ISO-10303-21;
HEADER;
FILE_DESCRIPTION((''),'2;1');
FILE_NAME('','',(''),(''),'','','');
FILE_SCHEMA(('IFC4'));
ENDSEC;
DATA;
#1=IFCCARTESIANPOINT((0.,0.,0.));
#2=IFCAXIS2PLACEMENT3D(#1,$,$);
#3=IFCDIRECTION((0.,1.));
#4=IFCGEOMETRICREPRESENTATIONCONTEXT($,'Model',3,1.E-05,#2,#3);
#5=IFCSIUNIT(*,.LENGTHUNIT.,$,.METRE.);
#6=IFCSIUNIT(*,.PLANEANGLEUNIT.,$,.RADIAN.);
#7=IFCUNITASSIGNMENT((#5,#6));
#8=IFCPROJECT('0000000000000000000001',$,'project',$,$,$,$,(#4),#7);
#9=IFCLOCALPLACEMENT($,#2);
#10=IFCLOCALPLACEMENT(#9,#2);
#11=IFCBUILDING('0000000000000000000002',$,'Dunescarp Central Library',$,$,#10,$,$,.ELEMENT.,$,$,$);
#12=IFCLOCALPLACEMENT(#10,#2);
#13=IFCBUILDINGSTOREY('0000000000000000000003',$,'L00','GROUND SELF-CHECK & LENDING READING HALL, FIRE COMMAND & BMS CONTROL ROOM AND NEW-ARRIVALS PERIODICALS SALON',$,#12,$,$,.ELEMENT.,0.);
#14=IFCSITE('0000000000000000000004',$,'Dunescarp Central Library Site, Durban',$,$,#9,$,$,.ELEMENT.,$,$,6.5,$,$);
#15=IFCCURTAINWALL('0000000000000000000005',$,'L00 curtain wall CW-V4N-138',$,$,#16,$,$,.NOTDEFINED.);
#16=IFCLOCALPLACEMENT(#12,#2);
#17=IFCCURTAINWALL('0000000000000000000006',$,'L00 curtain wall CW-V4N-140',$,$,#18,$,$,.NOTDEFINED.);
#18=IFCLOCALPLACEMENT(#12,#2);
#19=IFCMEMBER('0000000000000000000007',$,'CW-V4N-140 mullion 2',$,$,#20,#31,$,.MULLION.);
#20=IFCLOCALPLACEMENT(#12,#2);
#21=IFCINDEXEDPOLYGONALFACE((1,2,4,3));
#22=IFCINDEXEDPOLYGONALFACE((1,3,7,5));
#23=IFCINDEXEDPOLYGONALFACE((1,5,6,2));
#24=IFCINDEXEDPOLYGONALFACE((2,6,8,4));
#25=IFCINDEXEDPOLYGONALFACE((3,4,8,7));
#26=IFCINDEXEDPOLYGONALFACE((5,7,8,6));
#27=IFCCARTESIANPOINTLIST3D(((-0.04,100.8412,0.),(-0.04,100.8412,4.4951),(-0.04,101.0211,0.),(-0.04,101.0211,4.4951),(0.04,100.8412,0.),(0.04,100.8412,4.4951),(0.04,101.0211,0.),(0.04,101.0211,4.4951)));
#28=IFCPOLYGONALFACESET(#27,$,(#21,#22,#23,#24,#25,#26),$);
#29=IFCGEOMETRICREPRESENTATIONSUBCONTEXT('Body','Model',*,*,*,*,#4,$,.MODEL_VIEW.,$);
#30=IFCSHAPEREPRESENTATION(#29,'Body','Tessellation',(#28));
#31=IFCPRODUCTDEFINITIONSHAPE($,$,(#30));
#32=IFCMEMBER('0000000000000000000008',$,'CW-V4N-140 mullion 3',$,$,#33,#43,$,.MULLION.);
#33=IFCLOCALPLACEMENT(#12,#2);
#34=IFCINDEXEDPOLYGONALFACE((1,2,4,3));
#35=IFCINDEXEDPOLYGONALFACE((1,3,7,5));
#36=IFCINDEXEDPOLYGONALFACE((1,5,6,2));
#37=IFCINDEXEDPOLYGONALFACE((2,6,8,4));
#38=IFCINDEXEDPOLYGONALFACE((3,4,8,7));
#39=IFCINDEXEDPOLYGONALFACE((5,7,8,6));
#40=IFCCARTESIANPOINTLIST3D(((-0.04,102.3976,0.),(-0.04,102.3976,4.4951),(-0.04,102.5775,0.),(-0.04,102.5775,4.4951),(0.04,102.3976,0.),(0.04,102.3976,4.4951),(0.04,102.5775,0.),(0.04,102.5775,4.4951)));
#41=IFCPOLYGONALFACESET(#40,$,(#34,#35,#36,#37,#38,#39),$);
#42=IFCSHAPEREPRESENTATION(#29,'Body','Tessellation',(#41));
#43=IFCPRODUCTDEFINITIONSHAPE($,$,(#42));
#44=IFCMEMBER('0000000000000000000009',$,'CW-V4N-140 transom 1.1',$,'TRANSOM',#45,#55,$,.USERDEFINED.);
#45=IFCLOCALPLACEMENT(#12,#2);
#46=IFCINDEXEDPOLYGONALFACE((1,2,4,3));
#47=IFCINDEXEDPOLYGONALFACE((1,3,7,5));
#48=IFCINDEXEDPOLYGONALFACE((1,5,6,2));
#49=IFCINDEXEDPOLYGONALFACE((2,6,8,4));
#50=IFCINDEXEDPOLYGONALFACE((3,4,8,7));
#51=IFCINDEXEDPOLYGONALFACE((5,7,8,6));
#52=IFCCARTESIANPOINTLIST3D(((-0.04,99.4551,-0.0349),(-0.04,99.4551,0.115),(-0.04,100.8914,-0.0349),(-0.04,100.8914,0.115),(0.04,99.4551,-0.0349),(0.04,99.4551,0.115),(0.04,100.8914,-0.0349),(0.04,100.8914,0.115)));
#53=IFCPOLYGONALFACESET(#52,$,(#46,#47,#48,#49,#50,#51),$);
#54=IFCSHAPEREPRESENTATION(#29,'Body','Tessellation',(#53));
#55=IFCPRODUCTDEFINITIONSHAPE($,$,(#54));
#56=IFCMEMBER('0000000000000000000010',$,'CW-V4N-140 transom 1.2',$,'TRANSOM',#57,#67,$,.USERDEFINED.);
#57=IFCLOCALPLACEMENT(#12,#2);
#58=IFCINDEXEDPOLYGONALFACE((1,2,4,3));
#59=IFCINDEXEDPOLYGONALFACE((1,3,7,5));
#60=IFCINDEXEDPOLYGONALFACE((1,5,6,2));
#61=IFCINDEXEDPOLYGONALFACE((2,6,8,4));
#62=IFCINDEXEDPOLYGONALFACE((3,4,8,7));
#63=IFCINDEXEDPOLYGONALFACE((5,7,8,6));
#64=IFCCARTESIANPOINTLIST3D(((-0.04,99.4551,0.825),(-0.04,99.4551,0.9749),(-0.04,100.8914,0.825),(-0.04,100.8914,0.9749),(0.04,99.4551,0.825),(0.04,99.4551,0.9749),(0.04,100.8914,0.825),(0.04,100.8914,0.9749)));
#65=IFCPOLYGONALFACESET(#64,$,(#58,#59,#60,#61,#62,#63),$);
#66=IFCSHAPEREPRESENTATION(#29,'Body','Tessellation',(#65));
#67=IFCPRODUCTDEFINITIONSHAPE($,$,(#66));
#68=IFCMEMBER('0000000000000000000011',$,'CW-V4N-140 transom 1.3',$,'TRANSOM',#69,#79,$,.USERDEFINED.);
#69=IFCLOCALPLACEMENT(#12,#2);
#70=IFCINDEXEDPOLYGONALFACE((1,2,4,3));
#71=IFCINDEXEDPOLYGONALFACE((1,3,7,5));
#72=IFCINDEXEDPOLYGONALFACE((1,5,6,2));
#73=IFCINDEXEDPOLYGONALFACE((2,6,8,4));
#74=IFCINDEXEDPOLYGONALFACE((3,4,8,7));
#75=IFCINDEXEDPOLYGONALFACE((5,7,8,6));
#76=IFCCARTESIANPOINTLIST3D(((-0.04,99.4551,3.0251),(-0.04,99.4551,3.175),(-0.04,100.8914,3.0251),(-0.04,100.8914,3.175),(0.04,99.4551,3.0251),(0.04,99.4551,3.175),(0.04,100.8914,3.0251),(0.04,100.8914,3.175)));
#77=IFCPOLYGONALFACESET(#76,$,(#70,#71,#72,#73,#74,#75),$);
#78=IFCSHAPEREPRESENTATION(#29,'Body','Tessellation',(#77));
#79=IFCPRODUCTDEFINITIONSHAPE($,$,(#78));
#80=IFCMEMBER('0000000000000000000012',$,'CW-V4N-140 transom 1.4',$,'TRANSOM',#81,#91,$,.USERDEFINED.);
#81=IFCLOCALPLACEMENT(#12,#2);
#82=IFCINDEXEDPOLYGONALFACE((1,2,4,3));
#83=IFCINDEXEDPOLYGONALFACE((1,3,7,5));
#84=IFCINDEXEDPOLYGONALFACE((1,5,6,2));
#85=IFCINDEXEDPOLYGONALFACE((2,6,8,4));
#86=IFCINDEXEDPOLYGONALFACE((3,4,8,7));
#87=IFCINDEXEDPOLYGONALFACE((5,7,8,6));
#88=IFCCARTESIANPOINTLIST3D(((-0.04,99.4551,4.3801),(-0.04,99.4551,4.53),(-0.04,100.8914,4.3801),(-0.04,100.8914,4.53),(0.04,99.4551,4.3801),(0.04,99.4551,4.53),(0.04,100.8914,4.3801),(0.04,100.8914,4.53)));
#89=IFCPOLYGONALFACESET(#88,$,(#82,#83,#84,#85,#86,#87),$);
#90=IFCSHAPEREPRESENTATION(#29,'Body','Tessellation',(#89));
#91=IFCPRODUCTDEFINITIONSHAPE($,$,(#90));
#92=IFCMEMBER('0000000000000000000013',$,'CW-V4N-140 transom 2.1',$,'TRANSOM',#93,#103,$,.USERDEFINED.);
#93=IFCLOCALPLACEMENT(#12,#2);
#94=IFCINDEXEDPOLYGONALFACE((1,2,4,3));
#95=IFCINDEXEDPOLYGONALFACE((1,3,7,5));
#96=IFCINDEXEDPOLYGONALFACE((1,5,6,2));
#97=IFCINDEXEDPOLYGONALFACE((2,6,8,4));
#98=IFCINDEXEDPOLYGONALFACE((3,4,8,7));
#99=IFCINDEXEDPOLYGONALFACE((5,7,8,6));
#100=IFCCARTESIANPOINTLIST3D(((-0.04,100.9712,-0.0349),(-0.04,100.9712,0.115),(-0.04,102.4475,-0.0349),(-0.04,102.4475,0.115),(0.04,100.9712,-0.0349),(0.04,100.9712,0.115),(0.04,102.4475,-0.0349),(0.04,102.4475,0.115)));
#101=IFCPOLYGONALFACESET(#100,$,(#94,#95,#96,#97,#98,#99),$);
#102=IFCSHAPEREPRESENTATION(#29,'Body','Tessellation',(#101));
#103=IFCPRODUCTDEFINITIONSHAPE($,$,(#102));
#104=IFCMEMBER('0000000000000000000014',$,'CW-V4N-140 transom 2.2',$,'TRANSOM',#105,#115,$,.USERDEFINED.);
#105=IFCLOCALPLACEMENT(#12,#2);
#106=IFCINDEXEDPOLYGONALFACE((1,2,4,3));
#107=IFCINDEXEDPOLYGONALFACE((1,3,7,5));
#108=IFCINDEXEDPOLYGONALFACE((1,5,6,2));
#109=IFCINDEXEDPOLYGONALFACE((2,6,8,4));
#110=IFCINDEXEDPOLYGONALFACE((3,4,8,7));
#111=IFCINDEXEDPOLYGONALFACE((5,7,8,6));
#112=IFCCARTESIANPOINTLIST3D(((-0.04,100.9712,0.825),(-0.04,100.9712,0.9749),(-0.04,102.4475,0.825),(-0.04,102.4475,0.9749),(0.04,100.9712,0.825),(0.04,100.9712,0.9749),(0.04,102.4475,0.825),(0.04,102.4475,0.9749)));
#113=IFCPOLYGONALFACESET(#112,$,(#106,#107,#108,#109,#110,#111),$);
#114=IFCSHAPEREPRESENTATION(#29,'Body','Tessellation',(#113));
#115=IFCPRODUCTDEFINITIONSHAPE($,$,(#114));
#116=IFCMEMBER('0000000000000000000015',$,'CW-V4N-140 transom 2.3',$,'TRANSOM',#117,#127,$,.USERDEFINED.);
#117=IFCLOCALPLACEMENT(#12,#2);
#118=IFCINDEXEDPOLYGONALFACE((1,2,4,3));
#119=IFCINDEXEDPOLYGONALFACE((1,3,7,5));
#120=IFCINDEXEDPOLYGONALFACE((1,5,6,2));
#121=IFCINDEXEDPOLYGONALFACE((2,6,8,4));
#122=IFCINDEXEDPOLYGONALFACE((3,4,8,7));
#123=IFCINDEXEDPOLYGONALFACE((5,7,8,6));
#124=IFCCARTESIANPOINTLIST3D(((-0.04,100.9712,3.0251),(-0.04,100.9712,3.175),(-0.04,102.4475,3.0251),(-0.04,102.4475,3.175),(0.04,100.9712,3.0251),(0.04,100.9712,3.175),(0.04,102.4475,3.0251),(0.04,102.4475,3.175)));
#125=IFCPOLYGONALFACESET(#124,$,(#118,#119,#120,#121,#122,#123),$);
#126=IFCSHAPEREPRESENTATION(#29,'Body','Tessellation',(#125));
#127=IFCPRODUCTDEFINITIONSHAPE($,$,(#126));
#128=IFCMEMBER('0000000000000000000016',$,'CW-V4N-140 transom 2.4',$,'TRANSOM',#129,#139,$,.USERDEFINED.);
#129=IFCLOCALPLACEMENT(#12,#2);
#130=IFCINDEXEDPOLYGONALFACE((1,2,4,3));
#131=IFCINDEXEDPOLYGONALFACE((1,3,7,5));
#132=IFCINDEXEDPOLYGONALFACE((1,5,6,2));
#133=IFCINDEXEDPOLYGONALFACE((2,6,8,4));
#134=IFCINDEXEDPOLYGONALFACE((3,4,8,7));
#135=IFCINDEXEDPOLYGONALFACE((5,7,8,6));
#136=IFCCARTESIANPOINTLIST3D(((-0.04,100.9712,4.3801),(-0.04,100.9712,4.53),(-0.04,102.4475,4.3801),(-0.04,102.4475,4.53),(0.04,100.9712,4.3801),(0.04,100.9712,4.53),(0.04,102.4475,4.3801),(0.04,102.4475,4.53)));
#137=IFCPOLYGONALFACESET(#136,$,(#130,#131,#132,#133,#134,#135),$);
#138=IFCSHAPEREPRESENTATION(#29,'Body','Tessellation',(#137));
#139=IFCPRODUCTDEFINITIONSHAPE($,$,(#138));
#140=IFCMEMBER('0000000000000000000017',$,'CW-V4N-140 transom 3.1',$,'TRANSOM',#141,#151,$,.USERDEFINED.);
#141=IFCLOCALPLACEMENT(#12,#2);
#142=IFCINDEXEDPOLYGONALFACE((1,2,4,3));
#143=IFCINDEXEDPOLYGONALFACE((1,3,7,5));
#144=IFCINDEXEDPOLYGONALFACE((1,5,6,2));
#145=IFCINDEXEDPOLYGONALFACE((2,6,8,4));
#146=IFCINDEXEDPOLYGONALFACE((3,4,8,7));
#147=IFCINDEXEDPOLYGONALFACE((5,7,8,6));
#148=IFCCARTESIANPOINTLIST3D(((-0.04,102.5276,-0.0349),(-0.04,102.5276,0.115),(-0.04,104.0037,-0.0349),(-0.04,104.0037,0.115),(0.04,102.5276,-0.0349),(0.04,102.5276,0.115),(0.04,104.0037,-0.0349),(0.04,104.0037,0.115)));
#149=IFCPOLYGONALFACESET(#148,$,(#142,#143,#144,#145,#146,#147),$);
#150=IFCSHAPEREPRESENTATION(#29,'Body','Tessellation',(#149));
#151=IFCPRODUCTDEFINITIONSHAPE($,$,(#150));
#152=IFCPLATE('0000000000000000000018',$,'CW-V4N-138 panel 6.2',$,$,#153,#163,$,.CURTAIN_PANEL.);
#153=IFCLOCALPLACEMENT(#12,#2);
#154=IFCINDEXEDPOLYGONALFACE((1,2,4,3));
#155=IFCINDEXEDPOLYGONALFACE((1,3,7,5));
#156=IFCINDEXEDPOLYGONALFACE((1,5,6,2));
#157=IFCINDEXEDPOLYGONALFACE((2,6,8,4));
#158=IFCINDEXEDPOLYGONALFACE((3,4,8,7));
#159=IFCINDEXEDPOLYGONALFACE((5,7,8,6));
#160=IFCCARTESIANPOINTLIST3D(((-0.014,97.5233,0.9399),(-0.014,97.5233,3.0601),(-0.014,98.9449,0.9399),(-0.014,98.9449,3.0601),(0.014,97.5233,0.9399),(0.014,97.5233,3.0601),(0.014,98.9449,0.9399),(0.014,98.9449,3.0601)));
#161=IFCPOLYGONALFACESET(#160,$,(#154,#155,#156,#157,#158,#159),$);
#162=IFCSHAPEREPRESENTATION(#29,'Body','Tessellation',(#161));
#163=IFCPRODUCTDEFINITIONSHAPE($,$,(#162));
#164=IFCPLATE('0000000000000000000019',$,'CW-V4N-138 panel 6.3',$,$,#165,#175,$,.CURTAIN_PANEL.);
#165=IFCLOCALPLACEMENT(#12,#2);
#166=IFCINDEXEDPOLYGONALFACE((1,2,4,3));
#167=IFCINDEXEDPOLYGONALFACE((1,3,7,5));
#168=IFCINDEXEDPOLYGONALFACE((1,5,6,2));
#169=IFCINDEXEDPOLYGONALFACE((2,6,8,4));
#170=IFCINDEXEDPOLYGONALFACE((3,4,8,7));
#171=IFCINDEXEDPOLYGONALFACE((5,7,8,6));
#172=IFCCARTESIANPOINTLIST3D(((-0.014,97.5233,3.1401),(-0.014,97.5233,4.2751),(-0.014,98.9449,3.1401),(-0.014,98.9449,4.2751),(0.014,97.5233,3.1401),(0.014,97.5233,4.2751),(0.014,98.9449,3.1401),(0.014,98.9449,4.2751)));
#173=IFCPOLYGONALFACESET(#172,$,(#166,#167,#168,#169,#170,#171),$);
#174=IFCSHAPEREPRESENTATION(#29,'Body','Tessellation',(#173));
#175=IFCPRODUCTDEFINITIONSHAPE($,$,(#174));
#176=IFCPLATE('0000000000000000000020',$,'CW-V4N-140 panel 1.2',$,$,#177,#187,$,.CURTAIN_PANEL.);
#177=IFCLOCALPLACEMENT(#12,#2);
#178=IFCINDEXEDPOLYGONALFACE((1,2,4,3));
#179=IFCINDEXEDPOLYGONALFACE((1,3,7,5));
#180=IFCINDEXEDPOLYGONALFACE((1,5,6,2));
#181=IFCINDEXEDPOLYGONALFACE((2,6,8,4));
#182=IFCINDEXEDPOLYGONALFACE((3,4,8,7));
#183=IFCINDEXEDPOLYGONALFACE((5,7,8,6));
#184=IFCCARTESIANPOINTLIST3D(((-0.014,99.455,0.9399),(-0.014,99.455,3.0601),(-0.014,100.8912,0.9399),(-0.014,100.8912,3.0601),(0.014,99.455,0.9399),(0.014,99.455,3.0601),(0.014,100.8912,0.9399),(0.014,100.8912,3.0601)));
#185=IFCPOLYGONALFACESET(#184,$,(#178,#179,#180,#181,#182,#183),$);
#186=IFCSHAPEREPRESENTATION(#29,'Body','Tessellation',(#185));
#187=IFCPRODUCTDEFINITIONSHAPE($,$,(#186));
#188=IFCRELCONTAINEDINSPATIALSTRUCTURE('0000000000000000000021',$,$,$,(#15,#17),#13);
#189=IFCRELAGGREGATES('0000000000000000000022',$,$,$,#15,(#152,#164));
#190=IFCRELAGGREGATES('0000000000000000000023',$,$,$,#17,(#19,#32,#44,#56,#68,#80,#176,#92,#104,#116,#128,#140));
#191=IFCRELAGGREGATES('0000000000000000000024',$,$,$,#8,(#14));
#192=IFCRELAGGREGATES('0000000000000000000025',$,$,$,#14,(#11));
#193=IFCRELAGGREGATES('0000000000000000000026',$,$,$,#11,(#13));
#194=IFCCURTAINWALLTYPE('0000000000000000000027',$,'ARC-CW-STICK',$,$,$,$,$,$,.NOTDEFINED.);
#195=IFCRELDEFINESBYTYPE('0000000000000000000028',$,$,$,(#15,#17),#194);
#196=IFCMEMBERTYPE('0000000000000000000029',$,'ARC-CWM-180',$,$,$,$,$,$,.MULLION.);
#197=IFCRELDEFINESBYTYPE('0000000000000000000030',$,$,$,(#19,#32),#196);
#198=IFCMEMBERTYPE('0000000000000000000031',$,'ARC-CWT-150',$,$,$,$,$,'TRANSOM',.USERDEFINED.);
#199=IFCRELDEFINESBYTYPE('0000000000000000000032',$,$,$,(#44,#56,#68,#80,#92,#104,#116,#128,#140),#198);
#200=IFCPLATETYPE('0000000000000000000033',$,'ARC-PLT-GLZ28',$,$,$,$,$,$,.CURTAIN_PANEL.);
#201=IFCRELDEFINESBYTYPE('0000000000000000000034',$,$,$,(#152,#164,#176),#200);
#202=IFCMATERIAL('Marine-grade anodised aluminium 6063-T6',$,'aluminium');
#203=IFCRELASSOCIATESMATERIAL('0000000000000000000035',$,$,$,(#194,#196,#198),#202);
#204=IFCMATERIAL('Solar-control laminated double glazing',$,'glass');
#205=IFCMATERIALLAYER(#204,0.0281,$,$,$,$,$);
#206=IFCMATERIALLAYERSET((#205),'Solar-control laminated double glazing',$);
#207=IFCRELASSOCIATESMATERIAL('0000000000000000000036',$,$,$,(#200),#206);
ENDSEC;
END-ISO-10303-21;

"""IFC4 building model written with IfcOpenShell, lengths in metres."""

from ifc_helpers import new_model, si_unit, direction, frame, origin, origin_2d, place, context, subcontext, project, spatial, rectangle, extrude, material, layer, layer_set, material_profile, profile_set, type_object, element, aggregate, save


model = new_model("IFC4")

# Units and contexts
model_context = context("Model", 3, precision=1e-05, world=origin(), true_north=direction((0.0, 1.0)))
body_context = subcontext(model_context, "Body", "Model", "MODEL_VIEW")
ifc_project = project(units=[si_unit("LENGTHUNIT", "METRE"), si_unit("PLANEANGLEUNIT", "RADIAN")], contexts=[model_context])

# Site, building, storey
site_placement = place(None, origin())
site = spatial("IfcSite", under=ifc_project, at=site_placement, Name="Dunescarp Central Library Site, Durban", CompositionType="ELEMENT", RefElevation=6.5)
building_placement = place(site_placement, origin())
building = spatial("IfcBuilding", under=site, at=building_placement, Name="Dunescarp Central Library", CompositionType="ELEMENT")
storey_placement = place(building_placement, origin())
storey = spatial("IfcBuildingStorey", under=building, at=storey_placement, Name="L00", Description="GROUND SELF-CHECK & LENDING READING HALL, FIRE COMMAND & BMS CONTROL ROOM AND NEW-ARRIVALS PERIODICALS SALON", CompositionType="ELEMENT", Elevation=0.0)

# Curtain wall
ifc_material_1 = material(Name="Marine-grade anodised aluminium 6063-T6", Category="aluminium")
curtain_wall_type = type_object("IfcCurtainWallType", Name="ARC-CW-STICK", PredefinedType="NOTDEFINED", material=ifc_material_1)
curtain_wall_1_placement = place(storey_placement, origin())
curtain_wall_1 = element("IfcCurtainWall", 1, at=curtain_wall_1_placement, inside=storey, type_object=curtain_wall_type, Name="L00 curtain wall CW-V4N-138", PredefinedType="NOTDEFINED")
ifc_material_profile_1 = material_profile(ifc_material_1, rectangle(XDim=0.0801, YDim=0.1799, at=origin_2d()), Name="AL 80x180")
ifc_profile_set_1 = profile_set([ifc_material_profile_1], Name="Marine-grade anodised aluminium 6063-T6")
member_type_1 = type_object("IfcMemberType", Name="ARC-CWM-180", PredefinedType="MULLION", material=ifc_profile_set_1)

# Curtain wall, members
curtain_wall_2_placement = place(storey_placement, origin())
curtain_wall_2 = element("IfcCurtainWall", 2, at=curtain_wall_2_placement, inside=storey, type_object=curtain_wall_type, Name="L00 curtain wall CW-V4N-140", PredefinedType="NOTDEFINED")
member_1_placement = place(storey_placement, frame((0.0, 100.9312, 0.0), z_axis=(0.0, 0.0, 1.0), x_axis=(-1.0, 0.0, 0.0)))
member_1 = element("IfcMember", 3, at=member_1_placement, type_object=member_type_1, Name="CW-V4N-140 mullion 2", PredefinedType="MULLION", context=body_context, shape_type="SweptSolid", body=[
    extrude(rectangle(XDim=0.0801, YDim=0.1799, at=origin_2d()), origin(), (0.0, 0.0, 1.0), 4.4951),
])
member_2_placement = place(storey_placement, frame((0.0, 102.4875, 0.0), z_axis=(0.0, 0.0, 1.0), x_axis=(-1.0, 0.0, 0.0)))
member_2 = element("IfcMember", 4, at=member_2_placement, type_object=member_type_1, Name="CW-V4N-140 mullion 3", PredefinedType="MULLION", context=body_context, shape_type="SweptSolid", body=[
    extrude(rectangle(XDim=0.0801, YDim=0.1799, at=origin_2d()), origin(), (0.0, 0.0, 1.0), 4.4951),
])
ifc_material_profile_2 = material_profile(ifc_material_1, rectangle(XDim=0.0801, YDim=0.1499, at=origin_2d()), Name="AL 80x150")
ifc_profile_set_2 = profile_set([ifc_material_profile_2], Name="Marine-grade anodised aluminium 6063-T6")
member_type_2 = type_object("IfcMemberType", Name="ARC-CWT-150", ElementType="TRANSOM", PredefinedType="USERDEFINED", material=ifc_profile_set_2)
member_3_placement = place(storey_placement, frame((0.0, 99.4551, 0.04), z_axis=(0.0, 1.0, 0.0), x_axis=(-1.0, 0.0, 0.0)))
member_3 = element("IfcMember", 5, at=member_3_placement, type_object=member_type_2, Name="CW-V4N-140 transom 1.1", ObjectType="TRANSOM", PredefinedType="USERDEFINED", context=body_context, shape_type="SweptSolid", body=[
    extrude(rectangle(XDim=0.0801, YDim=0.1499, at=origin_2d()), origin(), (0.0, 0.0, 1.0), 1.4363),
])
member_4_placement = place(storey_placement, frame((0.0, 99.4551, 0.8999), z_axis=(0.0, 1.0, 0.0), x_axis=(-1.0, 0.0, 0.0)))
member_4 = element("IfcMember", 6, at=member_4_placement, type_object=member_type_2, Name="CW-V4N-140 transom 1.2", ObjectType="TRANSOM", PredefinedType="USERDEFINED", context=body_context, shape_type="SweptSolid", body=[
    extrude(rectangle(XDim=0.0801, YDim=0.1499, at=origin_2d()), origin(), (0.0, 0.0, 1.0), 1.4363),
])
member_5_placement = place(storey_placement, frame((0.0, 99.4551, 3.1001), z_axis=(0.0, 1.0, 0.0), x_axis=(-1.0, 0.0, 0.0)))
member_5 = element("IfcMember", 7, at=member_5_placement, type_object=member_type_2, Name="CW-V4N-140 transom 1.3", ObjectType="TRANSOM", PredefinedType="USERDEFINED", context=body_context, shape_type="SweptSolid", body=[
    extrude(rectangle(XDim=0.0801, YDim=0.1499, at=origin_2d()), origin(), (0.0, 0.0, 1.0), 1.4363),
])
member_6_placement = place(storey_placement, frame((0.0, 99.4551, 4.4551), z_axis=(0.0, 1.0, 0.0), x_axis=(-1.0, 0.0, 0.0)))
member_6 = element("IfcMember", 8, at=member_6_placement, type_object=member_type_2, Name="CW-V4N-140 transom 1.4", ObjectType="TRANSOM", PredefinedType="USERDEFINED", context=body_context, shape_type="SweptSolid", body=[
    extrude(rectangle(XDim=0.0801, YDim=0.1499, at=origin_2d()), origin(), (0.0, 0.0, 1.0), 1.4363),
])
member_7_placement = place(storey_placement, frame((0.0, 100.9712, 0.04), z_axis=(0.0, 1.0, 0.0), x_axis=(-1.0, 0.0, 0.0)))
member_7 = element("IfcMember", 9, at=member_7_placement, type_object=member_type_2, Name="CW-V4N-140 transom 2.1", ObjectType="TRANSOM", PredefinedType="USERDEFINED", context=body_context, shape_type="SweptSolid", body=[
    extrude(rectangle(XDim=0.0801, YDim=0.1499, at=origin_2d()), origin(), (0.0, 0.0, 1.0), 1.4763),
])
member_8_placement = place(storey_placement, frame((0.0, 100.9712, 0.8999), z_axis=(0.0, 1.0, 0.0), x_axis=(-1.0, 0.0, 0.0)))
member_8 = element("IfcMember", 10, at=member_8_placement, type_object=member_type_2, Name="CW-V4N-140 transom 2.2", ObjectType="TRANSOM", PredefinedType="USERDEFINED", context=body_context, shape_type="SweptSolid", body=[
    extrude(rectangle(XDim=0.0801, YDim=0.1499, at=origin_2d()), origin(), (0.0, 0.0, 1.0), 1.4763),
])
member_9_placement = place(storey_placement, frame((0.0, 100.9712, 3.1001), z_axis=(0.0, 1.0, 0.0), x_axis=(-1.0, 0.0, 0.0)))
member_9 = element("IfcMember", 11, at=member_9_placement, type_object=member_type_2, Name="CW-V4N-140 transom 2.3", ObjectType="TRANSOM", PredefinedType="USERDEFINED", context=body_context, shape_type="SweptSolid", body=[
    extrude(rectangle(XDim=0.0801, YDim=0.1499, at=origin_2d()), origin(), (0.0, 0.0, 1.0), 1.4763),
])
member_10_placement = place(storey_placement, frame((0.0, 100.9712, 4.4551), z_axis=(0.0, 1.0, 0.0), x_axis=(-1.0, 0.0, 0.0)))
member_10 = element("IfcMember", 12, at=member_10_placement, type_object=member_type_2, Name="CW-V4N-140 transom 2.4", ObjectType="TRANSOM", PredefinedType="USERDEFINED", context=body_context, shape_type="SweptSolid", body=[
    extrude(rectangle(XDim=0.0801, YDim=0.1499, at=origin_2d()), origin(), (0.0, 0.0, 1.0), 1.4763),
])
member_11_placement = place(storey_placement, frame((0.0, 102.5276, 0.04), z_axis=(0.0, 1.0, 0.0), x_axis=(-1.0, 0.0, 0.0)))
member_11 = element("IfcMember", 13, at=member_11_placement, type_object=member_type_2, Name="CW-V4N-140 transom 3.1", ObjectType="TRANSOM", PredefinedType="USERDEFINED", context=body_context, shape_type="SweptSolid", body=[
    extrude(rectangle(XDim=0.0801, YDim=0.1499, at=origin_2d()), origin(), (0.0, 0.0, 1.0), 1.4761),
])

# Plates
ifc_material_2 = material(Name="Solar-control laminated double glazing", Category="glass")
ifc_layer_1 = layer(ifc_material_2, 0.0281)
ifc_layer_set_1 = layer_set([ifc_layer_1], Name="Solar-control laminated double glazing")
plate_type_1 = type_object("IfcPlateType", Name="ARC-PLT-GLZ28", PredefinedType="CURTAIN_PANEL", material=ifc_layer_set_1)
plate_1_placement = place(storey_placement, frame((0.0, 98.2341, 0.9399), z_axis=(0.0, 0.0, 1.0), x_axis=(0.0, 1.0, 0.0)))
plate_1 = element("IfcPlate", 14, at=plate_1_placement, type_object=plate_type_1, Name="CW-V4N-138 panel 6.2", PredefinedType="CURTAIN_PANEL", context=body_context, shape_type="SweptSolid", body=[
    extrude(rectangle(XDim=1.4216, YDim=0.0281, at=origin_2d()), origin(), (0.0, 0.0, 1.0), 2.1201),
])
plate_2_placement = place(storey_placement, frame((0.0, 98.2341, 3.1401), z_axis=(0.0, 0.0, 1.0), x_axis=(0.0, 1.0, 0.0)))
plate_2 = element("IfcPlate", 15, at=plate_2_placement, type_object=plate_type_1, Name="CW-V4N-138 panel 6.3", PredefinedType="CURTAIN_PANEL", context=body_context, shape_type="SweptSolid", body=[
    extrude(rectangle(XDim=1.4216, YDim=0.0281, at=origin_2d()), origin(), (0.0, 0.0, 1.0), 1.135),
])
aggregate(curtain_wall_1, [plate_1, plate_2])
plate_3_placement = place(storey_placement, frame((0.0, 100.1731, 0.9399), z_axis=(0.0, 0.0, 1.0), x_axis=(0.0, 1.0, 0.0)))
plate_3 = element("IfcPlate", 16, at=plate_3_placement, type_object=plate_type_1, Name="CW-V4N-140 panel 1.2", PredefinedType="CURTAIN_PANEL", context=body_context, shape_type="SweptSolid", body=[
    extrude(rectangle(XDim=1.4363, YDim=0.0281, at=origin_2d()), origin(), (0.0, 0.0, 1.0), 2.1201),
])
aggregate(curtain_wall_2, [member_1, member_2, member_3, member_4, member_5, member_6, plate_3, member_7, member_8, member_9, member_10, member_11])

save(model, "model.ifc")
